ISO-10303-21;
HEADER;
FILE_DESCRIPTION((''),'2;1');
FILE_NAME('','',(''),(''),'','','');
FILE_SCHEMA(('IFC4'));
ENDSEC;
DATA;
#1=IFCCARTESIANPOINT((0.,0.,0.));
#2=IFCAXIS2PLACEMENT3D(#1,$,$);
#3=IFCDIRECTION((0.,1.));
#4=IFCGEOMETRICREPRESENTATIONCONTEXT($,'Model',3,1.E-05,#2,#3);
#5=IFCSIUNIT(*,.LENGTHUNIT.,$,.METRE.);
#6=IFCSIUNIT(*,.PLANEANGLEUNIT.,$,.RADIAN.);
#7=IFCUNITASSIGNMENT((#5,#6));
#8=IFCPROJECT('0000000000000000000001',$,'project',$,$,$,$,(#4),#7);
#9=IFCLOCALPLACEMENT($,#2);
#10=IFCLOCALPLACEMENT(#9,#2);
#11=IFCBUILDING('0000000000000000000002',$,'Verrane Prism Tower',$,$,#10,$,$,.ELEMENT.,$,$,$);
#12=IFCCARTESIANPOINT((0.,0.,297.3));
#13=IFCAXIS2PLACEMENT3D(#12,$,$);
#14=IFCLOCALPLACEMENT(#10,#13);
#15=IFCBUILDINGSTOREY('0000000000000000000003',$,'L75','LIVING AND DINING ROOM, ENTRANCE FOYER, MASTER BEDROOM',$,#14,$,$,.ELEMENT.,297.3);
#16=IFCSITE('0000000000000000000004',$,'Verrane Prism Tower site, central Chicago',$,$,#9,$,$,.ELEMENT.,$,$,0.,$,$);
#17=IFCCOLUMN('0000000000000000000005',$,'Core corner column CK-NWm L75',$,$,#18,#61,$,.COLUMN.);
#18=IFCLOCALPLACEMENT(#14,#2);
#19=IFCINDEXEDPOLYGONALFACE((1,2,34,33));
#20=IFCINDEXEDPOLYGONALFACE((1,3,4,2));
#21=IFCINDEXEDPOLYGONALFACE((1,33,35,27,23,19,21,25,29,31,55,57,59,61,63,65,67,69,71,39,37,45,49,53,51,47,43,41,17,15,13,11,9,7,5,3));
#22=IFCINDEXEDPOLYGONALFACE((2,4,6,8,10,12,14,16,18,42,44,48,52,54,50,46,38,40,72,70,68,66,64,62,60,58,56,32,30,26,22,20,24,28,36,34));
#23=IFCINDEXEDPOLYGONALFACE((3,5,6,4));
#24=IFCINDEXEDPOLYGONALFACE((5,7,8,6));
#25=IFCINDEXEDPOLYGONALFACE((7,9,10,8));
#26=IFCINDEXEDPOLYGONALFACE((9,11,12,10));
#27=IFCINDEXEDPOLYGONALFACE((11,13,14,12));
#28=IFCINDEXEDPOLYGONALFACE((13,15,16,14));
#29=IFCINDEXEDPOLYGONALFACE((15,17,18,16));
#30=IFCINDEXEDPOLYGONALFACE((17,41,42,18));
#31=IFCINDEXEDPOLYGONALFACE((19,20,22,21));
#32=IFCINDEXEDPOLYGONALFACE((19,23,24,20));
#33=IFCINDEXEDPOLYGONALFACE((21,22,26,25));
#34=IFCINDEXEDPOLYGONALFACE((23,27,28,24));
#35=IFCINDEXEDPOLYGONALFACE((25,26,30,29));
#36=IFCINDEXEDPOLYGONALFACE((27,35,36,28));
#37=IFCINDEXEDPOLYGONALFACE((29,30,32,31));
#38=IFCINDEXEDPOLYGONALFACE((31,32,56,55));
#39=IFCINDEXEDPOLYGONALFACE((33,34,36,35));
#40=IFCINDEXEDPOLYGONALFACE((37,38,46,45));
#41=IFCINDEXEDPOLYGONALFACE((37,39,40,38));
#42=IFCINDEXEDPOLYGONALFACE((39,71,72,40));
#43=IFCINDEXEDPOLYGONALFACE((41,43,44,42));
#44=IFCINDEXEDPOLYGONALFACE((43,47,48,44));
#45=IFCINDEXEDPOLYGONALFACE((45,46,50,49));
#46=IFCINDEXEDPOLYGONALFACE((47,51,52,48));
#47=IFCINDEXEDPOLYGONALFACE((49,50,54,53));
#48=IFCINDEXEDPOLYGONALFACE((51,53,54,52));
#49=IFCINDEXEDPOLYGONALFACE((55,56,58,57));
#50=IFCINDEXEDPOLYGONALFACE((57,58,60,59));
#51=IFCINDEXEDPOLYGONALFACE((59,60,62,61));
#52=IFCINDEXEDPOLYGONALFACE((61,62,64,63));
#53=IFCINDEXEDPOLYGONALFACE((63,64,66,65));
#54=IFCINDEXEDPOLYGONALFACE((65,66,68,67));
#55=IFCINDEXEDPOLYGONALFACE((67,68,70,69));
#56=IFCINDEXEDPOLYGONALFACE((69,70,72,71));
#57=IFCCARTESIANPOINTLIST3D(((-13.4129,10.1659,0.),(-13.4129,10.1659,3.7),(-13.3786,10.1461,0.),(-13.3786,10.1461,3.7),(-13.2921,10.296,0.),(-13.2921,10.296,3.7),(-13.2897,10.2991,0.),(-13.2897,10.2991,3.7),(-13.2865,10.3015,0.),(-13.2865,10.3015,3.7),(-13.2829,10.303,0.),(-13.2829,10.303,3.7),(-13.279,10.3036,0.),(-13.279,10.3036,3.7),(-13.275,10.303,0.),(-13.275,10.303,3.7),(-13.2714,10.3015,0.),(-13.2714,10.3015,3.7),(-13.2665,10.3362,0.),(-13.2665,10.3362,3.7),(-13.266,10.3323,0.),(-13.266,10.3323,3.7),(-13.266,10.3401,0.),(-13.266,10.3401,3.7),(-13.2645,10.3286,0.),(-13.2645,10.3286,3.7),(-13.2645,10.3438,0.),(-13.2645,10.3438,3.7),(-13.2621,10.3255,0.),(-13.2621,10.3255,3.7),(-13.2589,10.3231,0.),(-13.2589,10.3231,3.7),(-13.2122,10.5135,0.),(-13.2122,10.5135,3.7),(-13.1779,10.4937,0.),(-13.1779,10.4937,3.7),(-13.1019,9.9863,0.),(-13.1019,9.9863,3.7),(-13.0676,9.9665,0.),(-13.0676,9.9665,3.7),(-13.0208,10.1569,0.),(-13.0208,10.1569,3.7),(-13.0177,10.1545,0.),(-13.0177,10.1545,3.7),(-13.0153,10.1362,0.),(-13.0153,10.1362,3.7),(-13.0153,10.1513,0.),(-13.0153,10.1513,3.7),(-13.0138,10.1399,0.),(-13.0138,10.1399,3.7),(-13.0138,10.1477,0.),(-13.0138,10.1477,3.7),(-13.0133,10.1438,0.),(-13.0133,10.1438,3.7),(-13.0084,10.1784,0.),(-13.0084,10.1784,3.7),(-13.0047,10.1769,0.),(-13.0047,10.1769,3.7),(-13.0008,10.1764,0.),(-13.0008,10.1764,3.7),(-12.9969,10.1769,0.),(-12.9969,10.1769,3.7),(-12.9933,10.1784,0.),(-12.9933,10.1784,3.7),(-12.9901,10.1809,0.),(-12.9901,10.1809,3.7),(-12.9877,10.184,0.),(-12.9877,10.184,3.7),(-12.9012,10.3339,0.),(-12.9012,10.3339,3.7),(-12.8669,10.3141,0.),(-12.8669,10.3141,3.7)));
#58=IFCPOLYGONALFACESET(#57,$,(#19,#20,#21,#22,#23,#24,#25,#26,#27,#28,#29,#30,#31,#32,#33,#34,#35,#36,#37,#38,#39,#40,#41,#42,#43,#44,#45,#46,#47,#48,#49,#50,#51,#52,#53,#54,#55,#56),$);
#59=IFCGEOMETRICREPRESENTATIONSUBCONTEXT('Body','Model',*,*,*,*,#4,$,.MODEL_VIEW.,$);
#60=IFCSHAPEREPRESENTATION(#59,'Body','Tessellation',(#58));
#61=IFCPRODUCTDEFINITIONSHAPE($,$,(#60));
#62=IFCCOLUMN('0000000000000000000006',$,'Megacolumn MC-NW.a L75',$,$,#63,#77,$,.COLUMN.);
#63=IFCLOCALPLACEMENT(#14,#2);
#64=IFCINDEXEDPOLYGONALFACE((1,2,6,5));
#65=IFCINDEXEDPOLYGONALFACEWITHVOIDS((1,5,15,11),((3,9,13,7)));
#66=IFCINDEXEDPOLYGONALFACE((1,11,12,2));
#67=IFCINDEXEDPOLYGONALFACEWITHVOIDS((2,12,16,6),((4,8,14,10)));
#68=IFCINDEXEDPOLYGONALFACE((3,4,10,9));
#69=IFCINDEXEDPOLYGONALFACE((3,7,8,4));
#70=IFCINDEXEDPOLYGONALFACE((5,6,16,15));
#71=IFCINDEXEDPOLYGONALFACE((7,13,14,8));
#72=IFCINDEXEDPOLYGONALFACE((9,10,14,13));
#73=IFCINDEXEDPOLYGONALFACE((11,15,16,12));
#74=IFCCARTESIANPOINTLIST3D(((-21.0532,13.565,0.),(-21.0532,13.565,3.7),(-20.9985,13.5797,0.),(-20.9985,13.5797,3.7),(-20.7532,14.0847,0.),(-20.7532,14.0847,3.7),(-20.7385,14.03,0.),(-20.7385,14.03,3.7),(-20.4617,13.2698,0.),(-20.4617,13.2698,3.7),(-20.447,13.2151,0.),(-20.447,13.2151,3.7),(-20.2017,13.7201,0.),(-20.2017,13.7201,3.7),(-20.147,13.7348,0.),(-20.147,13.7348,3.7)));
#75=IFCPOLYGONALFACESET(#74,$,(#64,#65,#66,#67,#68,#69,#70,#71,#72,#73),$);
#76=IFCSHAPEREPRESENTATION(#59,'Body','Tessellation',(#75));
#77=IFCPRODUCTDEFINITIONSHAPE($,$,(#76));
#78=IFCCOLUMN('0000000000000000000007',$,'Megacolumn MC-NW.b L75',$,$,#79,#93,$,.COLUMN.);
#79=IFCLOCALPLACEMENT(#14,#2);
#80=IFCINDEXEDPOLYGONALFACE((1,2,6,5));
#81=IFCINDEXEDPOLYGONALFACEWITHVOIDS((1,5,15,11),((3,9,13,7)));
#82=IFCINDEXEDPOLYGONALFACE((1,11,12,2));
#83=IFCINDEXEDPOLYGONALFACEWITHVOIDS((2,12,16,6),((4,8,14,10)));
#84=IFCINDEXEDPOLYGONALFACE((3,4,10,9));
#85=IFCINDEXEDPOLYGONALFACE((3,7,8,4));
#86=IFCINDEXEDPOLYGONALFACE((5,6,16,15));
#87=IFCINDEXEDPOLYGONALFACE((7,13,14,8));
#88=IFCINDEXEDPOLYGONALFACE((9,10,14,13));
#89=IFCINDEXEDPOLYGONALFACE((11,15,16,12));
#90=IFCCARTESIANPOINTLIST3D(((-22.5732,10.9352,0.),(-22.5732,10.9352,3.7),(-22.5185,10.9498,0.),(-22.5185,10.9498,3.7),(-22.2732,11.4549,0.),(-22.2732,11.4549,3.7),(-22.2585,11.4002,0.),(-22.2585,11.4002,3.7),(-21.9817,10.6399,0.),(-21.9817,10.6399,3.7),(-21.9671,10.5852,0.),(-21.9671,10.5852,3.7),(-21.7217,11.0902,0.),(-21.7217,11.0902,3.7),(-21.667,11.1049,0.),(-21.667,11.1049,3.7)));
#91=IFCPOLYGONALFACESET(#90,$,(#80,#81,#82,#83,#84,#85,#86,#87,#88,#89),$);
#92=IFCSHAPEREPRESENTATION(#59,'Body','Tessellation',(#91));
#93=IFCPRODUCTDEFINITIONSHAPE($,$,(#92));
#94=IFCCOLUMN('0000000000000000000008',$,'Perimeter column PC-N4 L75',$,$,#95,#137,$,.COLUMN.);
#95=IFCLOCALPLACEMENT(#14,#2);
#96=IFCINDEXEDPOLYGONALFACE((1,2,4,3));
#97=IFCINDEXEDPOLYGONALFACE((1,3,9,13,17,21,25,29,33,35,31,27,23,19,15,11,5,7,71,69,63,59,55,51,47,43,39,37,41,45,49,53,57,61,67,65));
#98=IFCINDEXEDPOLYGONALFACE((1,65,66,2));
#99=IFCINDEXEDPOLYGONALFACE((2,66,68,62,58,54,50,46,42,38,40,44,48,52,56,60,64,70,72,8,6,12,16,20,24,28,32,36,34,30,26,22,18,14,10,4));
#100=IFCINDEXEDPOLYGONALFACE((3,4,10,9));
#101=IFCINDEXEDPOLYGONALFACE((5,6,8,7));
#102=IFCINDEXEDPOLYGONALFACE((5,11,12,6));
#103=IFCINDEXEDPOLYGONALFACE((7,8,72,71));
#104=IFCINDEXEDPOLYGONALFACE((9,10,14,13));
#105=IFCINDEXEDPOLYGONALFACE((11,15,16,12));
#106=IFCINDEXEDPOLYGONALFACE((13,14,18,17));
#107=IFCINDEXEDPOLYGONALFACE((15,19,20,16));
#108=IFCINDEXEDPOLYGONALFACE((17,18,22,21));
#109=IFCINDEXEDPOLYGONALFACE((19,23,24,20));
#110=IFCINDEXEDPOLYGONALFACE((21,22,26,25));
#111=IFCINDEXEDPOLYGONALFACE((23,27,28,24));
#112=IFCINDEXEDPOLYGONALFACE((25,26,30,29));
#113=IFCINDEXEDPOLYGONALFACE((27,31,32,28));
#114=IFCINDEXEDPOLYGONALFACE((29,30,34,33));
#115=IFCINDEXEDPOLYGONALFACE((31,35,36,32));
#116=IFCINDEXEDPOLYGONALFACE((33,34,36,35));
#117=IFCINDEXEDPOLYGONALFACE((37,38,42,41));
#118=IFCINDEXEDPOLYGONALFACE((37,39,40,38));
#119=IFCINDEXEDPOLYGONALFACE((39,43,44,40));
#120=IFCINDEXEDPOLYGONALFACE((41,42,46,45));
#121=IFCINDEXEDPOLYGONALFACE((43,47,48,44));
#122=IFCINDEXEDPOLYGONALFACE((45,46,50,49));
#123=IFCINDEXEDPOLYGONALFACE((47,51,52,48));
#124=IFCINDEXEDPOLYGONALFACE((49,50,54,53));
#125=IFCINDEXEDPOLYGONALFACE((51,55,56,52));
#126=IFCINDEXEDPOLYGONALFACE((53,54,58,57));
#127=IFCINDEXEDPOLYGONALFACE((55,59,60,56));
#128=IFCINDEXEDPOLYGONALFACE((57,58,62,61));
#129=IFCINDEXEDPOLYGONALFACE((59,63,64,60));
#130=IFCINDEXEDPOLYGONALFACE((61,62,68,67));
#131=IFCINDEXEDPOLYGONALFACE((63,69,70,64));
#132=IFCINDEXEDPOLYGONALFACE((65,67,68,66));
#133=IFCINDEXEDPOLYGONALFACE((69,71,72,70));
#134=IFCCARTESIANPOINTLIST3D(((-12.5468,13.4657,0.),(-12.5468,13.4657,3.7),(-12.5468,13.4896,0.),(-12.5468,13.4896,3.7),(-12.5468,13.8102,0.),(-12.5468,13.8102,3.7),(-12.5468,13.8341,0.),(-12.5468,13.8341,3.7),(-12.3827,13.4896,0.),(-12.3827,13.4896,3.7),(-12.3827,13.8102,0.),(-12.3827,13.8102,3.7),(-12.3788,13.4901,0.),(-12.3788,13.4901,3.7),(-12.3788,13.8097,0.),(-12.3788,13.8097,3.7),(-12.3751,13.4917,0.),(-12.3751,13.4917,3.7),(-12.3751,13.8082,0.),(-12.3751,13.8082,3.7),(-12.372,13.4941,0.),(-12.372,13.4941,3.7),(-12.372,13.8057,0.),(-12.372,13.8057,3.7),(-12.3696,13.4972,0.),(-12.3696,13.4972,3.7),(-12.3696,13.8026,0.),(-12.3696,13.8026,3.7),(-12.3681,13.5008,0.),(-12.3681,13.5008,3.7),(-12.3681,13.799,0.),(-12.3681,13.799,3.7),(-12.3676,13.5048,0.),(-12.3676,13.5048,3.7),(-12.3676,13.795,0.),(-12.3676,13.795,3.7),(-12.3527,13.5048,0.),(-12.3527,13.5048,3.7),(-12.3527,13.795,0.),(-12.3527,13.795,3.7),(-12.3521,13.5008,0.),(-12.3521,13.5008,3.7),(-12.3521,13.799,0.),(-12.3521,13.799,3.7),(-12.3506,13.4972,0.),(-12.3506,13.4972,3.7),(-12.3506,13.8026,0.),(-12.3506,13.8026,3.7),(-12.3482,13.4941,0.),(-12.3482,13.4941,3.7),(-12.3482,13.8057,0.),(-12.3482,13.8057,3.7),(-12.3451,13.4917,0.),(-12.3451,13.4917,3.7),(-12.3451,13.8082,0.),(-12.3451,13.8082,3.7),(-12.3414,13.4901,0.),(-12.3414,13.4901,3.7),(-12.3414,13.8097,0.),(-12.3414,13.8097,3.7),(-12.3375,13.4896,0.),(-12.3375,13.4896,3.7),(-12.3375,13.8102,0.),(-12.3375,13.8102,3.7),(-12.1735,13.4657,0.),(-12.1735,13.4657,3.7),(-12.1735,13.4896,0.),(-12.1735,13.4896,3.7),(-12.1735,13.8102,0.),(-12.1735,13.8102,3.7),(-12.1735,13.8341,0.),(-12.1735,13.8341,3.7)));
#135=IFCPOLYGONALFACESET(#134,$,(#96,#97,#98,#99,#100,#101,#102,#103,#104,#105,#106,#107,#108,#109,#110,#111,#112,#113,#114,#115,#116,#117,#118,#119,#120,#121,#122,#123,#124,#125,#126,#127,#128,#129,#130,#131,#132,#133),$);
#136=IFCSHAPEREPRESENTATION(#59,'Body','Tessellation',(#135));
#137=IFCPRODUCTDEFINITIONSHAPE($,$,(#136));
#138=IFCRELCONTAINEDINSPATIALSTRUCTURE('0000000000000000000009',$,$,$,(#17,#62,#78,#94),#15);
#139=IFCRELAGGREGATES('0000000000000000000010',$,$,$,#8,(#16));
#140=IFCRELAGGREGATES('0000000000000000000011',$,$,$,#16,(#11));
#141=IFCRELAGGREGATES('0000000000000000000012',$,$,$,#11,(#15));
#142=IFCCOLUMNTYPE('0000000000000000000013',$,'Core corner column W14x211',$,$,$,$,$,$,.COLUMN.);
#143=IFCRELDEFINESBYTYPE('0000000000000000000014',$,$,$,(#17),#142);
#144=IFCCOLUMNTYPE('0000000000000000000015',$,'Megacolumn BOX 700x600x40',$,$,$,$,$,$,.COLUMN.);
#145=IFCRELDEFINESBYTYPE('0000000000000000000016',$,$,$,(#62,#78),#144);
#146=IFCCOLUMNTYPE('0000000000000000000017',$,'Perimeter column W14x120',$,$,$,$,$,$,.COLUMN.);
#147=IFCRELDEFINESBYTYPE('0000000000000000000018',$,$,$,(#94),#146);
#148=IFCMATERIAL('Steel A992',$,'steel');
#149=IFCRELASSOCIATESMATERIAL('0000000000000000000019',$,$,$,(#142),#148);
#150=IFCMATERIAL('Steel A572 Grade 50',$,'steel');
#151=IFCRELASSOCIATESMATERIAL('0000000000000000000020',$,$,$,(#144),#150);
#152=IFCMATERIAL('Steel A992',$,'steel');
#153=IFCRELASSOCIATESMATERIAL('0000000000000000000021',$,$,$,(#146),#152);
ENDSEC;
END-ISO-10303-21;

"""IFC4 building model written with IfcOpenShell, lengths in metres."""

from ifc_helpers import new_model, si_unit, direction, frame, origin, origin_2d, place, context, subcontext, project, spatial, hollow_rectangle, i_section, extrude, material, material_profile, profile_set, type_object, element, save


model = new_model("IFC4")

# Units and contexts
model_context = context("Model", 3, precision=1e-05, world=origin(), true_north=direction((0.0, 1.0)))
body_context = subcontext(model_context, "Body", "Model", "MODEL_VIEW")
ifc_project = project(units=[si_unit("LENGTHUNIT", "METRE"), si_unit("PLANEANGLEUNIT", "RADIAN")], contexts=[model_context])

# Site, building, storey
site_placement = place(None, origin())
site = spatial("IfcSite", under=ifc_project, at=site_placement, Name="Verrane Prism Tower site, central Chicago", CompositionType="ELEMENT", RefElevation=0.0)
building_placement = place(site_placement, origin())
building = spatial("IfcBuilding", under=site, at=building_placement, Name="Verrane Prism Tower", CompositionType="ELEMENT")
storey_placement = place(building_placement, frame((0.0, 0.0, 297.3)))
storey = spatial("IfcBuildingStorey", under=building, at=storey_placement, Name="L75", Description="LIVING AND DINING ROOM, ENTRANCE FOYER, MASTER BEDROOM", CompositionType="ELEMENT", Elevation=297.3)

# Columns
ifc_material_1 = material(Name="Steel A992", Category="steel")
ifc_material_profile_1 = material_profile(ifc_material_1, i_section(OverallWidth=0.4014, OverallDepth=0.3987, WebThickness=0.0249, FlangeThickness=0.0396, FilletRadius=0.0151, at=origin_2d()), Name="W14x211")
ifc_profile_set_1 = profile_set([ifc_material_profile_1], Name="Steel A992")
column_type_1 = type_object("IfcColumnType", Name="Core corner column W14x211", PredefinedType="COLUMN", material=ifc_profile_set_1)
column_1_placement = place(storey_placement, frame((-13.1399, 10.24, 0.0), z_axis=(0.0, 0.0, 1.0), x_axis=(0.5, 0.866025, 0.0)))
element("IfcColumn", 1, at=column_1_placement, inside=storey, type_object=column_type_1, Name="Core corner column CK-NWm L75", PredefinedType="COLUMN", context=body_context, shape_type="SweptSolid", body=[
    extrude(i_section(OverallWidth=0.4014, OverallDepth=0.3987, WebThickness=0.0249, FlangeThickness=0.0396, FilletRadius=0.0151, at=origin_2d()), origin(), (0.0, 0.0, 1.0), 3.7),
])
ifc_material_2 = material(Name="Steel A572 Grade 50", Category="steel")
ifc_material_profile_2 = material_profile(ifc_material_2, hollow_rectangle(XDim=0.6001, YDim=0.7, WallThickness=0.04, at=origin_2d()), Name="BOX 700x600x40")
ifc_profile_set_2 = profile_set([ifc_material_profile_2], Name="Steel A572 Grade 50")
column_type_2 = type_object("IfcColumnType", Name="Megacolumn BOX 700x600x40", PredefinedType="COLUMN", material=ifc_profile_set_2)
for number, where, z_axis, x_axis, name in (
    (2, (-20.6001, 13.6499, 0.0), (0.0, 0.0, 1.0), (0.5, 0.866025, 0.0), "Megacolumn MC-NW.a L75"),
    (3, (-22.1201, 11.02, 0.0), (0.0, 0.0, 1.0), (0.5, 0.866025, 0.0), "Megacolumn MC-NW.b L75"),
):
    element("IfcColumn", number, at=place(storey_placement, frame(where, z_axis=z_axis, x_axis=x_axis)), inside=storey, type_object=column_type_2, Name=name, PredefinedType="COLUMN", context=body_context, shape_type="SweptSolid", body=[
        extrude(hollow_rectangle(XDim=0.6001, YDim=0.7, WallThickness=0.04, at=origin_2d()), origin(), (0.0, 0.0, 1.0), 3.7),
    ])
ifc_material_3 = material(Name="Steel A992", Category="steel")
ifc_material_profile_3 = material_profile(ifc_material_3, i_section(OverallWidth=0.3733, OverallDepth=0.3684, WebThickness=0.0149, FlangeThickness=0.0239, FilletRadius=0.0151, at=origin_2d()), Name="W14x120")
ifc_profile_set_3 = profile_set([ifc_material_profile_3], Name="Steel A992")
column_type_3 = type_object("IfcColumnType", Name="Perimeter column W14x120", PredefinedType="COLUMN", material=ifc_profile_set_3)
column_2_placement = place(storey_placement, frame((-12.3601, 13.6499, 0.0), z_axis=(0.0, 0.0, 1.0), x_axis=(1.0, 0.0, 0.0)))
element("IfcColumn", 4, at=column_2_placement, inside=storey, type_object=column_type_3, Name="Perimeter column PC-N4 L75", PredefinedType="COLUMN", context=body_context, shape_type="SweptSolid", body=[
    extrude(i_section(OverallWidth=0.3733, OverallDepth=0.3684, WebThickness=0.0149, FlangeThickness=0.0239, FilletRadius=0.0151, at=origin_2d()), origin(), (0.0, 0.0, 1.0), 3.7),
])

save(model, "model.ifc")
